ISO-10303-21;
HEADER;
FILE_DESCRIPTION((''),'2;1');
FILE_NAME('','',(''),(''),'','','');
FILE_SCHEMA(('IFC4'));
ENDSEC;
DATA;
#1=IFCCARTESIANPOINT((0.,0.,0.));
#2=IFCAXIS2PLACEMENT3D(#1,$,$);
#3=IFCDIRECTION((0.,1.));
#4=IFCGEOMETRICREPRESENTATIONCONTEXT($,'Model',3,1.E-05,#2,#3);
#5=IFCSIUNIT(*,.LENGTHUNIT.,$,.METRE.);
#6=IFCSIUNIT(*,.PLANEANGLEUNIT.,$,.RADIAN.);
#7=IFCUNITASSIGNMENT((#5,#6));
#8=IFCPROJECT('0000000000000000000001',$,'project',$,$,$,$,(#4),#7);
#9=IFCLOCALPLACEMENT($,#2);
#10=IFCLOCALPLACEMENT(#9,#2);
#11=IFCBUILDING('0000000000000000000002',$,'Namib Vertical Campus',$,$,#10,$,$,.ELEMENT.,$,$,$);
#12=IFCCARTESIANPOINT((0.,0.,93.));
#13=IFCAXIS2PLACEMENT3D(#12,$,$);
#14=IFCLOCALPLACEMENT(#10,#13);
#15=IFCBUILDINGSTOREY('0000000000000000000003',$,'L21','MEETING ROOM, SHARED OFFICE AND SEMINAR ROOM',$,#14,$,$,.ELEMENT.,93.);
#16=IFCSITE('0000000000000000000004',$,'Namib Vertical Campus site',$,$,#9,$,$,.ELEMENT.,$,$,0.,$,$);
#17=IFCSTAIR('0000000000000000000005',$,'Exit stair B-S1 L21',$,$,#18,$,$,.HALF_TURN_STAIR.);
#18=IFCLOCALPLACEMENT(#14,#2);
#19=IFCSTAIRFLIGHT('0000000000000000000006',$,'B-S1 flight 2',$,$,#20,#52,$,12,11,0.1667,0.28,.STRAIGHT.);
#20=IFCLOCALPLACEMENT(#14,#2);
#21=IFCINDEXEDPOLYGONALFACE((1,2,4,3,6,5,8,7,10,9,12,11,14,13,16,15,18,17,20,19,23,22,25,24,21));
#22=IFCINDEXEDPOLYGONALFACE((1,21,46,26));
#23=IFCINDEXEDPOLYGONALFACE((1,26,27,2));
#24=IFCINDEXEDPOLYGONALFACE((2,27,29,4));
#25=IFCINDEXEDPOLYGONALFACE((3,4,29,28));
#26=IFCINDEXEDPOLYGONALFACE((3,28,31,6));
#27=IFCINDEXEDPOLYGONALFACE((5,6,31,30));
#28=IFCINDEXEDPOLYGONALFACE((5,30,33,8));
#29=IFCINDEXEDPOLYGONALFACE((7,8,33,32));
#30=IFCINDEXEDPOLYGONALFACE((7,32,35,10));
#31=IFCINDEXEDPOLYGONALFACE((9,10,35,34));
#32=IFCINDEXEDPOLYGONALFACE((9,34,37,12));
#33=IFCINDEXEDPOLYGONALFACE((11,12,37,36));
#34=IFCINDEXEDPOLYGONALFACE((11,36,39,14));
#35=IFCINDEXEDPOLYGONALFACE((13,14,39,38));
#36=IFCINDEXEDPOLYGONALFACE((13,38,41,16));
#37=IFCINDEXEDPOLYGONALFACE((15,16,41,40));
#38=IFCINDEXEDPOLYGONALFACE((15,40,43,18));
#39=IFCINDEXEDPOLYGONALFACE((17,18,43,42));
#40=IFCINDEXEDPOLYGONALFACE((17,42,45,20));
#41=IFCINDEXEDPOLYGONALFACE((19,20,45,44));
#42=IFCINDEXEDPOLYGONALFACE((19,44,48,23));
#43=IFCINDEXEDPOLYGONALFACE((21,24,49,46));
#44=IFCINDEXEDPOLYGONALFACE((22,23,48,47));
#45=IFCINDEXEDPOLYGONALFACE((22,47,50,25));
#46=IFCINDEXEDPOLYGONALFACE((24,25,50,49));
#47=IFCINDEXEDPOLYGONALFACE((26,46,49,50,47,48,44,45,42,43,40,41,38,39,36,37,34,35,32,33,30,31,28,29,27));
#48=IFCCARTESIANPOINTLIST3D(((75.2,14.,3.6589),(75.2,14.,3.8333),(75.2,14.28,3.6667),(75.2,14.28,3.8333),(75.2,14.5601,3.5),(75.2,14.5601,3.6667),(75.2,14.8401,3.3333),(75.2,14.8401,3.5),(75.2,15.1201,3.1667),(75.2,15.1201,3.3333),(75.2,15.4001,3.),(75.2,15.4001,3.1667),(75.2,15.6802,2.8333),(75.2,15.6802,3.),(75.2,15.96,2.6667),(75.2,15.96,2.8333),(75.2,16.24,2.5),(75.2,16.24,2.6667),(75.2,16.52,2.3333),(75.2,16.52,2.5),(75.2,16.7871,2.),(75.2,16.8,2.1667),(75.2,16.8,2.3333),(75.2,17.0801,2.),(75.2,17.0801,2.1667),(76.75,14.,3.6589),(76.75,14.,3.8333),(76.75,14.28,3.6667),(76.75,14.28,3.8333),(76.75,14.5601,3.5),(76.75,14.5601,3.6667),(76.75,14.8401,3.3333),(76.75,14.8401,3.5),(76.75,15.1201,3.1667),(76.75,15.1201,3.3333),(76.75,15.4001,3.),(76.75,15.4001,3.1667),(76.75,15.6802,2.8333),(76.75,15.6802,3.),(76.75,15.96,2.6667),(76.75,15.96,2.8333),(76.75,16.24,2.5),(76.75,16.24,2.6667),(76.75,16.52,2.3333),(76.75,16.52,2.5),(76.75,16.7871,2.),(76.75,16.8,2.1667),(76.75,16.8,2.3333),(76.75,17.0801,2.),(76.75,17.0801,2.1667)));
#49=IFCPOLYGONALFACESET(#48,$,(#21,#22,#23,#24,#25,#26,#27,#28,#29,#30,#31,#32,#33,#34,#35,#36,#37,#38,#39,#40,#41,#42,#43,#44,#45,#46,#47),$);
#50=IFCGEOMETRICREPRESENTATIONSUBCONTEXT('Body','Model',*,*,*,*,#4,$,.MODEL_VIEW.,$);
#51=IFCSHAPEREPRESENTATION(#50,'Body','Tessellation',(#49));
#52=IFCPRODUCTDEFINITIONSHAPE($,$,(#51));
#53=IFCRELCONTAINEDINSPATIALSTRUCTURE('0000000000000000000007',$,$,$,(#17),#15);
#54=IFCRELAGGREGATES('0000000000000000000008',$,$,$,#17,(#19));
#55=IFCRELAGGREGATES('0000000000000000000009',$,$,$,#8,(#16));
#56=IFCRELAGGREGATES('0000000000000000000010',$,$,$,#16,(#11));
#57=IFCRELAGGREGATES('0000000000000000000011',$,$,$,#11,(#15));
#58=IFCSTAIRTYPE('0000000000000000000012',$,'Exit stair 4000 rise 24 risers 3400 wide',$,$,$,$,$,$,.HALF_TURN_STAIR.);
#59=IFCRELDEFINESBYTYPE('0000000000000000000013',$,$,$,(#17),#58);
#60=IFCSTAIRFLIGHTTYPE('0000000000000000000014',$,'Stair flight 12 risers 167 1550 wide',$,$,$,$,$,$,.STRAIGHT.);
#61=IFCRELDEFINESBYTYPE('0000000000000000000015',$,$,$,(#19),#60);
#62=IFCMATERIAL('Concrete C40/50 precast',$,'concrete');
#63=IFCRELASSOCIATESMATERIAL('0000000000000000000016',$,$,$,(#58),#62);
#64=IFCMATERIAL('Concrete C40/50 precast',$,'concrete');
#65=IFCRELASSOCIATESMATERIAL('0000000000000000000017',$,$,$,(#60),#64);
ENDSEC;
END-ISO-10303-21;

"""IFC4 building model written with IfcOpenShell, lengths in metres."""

from ifc_helpers import new_model, si_unit, direction, frame, origin, place, context, subcontext, project, spatial, polyline, outline, extrude, material, type_object, element, aggregate, save


model = new_model("IFC4")

# Units and contexts
model_context = context("Model", 3, precision=1e-05, world=origin(), true_north=direction((0.0, 1.0)))
body_context = subcontext(model_context, "Body", "Model", "MODEL_VIEW")
ifc_project = project(units=[si_unit("LENGTHUNIT", "METRE"), si_unit("PLANEANGLEUNIT", "RADIAN")], contexts=[model_context])

# Site, building, storey
site_placement = place(None, origin())
site = spatial("IfcSite", under=ifc_project, at=site_placement, Name="Namib Vertical Campus site", CompositionType="ELEMENT", RefElevation=0.0)
building_placement = place(site_placement, origin())
building = spatial("IfcBuilding", under=site, at=building_placement, Name="Namib Vertical Campus", CompositionType="ELEMENT")
storey_placement = place(building_placement, frame((0.0, 0.0, 93.0)))
storey = spatial("IfcBuildingStorey", under=building, at=storey_placement, Name="L21", Description="MEETING ROOM, SHARED OFFICE AND SEMINAR ROOM", CompositionType="ELEMENT", Elevation=93.0)

# Stair, stair flight
ifc_material_1 = material(Name="Concrete C40/50 precast", Category="concrete")
stair_type = type_object("IfcStairType", Name="Exit stair 4000 rise 24 risers 3400 wide", PredefinedType="HALF_TURN_STAIR", material=ifc_material_1)
stair_placement = place(storey_placement, origin())
stair = element("IfcStair", 1, at=stair_placement, inside=storey, type_object=stair_type, Name="Exit stair B-S1 L21", PredefinedType="HALF_TURN_STAIR")
ifc_material_2 = material(Name="Concrete C40/50 precast", Category="concrete")
stair_flight_type = type_object("IfcStairFlightType", Name="Stair flight 12 risers 167 1550 wide", PredefinedType="STRAIGHT", material=ifc_material_2)
stair_flight_placement = place(storey_placement, frame((75.9751, 17.0801, 2.0), z_axis=(0.0, 0.0, 1.0), x_axis=(0.0, -1.0, 0.0)))
stair_flight = element("IfcStairFlight", 2, at=stair_flight_placement, type_object=stair_flight_type, Name="B-S1 flight 2", NumberOfRisers=12, NumberOfTreads=11, PredefinedType="STRAIGHT", RiserHeight=0.1667, TreadLength=0.28, context=body_context, shape_type="SweptSolid", body=[
    extrude(outline(polyline([(0.0, 0.0), (0.0, 0.1667), (0.28, 0.1667), (0.28, 0.3333), (0.5601, 0.3333), (0.5601, 0.5), (0.8401, 0.5), (0.8401, 0.6667), (1.1201, 0.6667), (1.1201, 0.8333), (1.3999, 0.8333), (1.3999, 1.0), (1.6799, 1.0), (1.6799, 1.1667), (1.96, 1.1667), (1.96, 1.3333), (2.24, 1.3333), (2.24, 1.5), (2.52, 1.5), (2.52, 1.6667), (2.8, 1.6667), (2.8, 1.8333), (3.0801, 1.8333), (3.0801, 2.0), (3.0801, 1.6589), (0.293, 0.0), (0.0, 0.0)])), frame((0.0, 0.7749, 0.0), z_axis=(0.0, -1.0, 0.0), x_axis=(1.0, 0.0, 0.0)), (0.0, 0.0, 1.0), 1.55),
])
aggregate(stair, [stair_flight])

save(model, "model.ifc")
